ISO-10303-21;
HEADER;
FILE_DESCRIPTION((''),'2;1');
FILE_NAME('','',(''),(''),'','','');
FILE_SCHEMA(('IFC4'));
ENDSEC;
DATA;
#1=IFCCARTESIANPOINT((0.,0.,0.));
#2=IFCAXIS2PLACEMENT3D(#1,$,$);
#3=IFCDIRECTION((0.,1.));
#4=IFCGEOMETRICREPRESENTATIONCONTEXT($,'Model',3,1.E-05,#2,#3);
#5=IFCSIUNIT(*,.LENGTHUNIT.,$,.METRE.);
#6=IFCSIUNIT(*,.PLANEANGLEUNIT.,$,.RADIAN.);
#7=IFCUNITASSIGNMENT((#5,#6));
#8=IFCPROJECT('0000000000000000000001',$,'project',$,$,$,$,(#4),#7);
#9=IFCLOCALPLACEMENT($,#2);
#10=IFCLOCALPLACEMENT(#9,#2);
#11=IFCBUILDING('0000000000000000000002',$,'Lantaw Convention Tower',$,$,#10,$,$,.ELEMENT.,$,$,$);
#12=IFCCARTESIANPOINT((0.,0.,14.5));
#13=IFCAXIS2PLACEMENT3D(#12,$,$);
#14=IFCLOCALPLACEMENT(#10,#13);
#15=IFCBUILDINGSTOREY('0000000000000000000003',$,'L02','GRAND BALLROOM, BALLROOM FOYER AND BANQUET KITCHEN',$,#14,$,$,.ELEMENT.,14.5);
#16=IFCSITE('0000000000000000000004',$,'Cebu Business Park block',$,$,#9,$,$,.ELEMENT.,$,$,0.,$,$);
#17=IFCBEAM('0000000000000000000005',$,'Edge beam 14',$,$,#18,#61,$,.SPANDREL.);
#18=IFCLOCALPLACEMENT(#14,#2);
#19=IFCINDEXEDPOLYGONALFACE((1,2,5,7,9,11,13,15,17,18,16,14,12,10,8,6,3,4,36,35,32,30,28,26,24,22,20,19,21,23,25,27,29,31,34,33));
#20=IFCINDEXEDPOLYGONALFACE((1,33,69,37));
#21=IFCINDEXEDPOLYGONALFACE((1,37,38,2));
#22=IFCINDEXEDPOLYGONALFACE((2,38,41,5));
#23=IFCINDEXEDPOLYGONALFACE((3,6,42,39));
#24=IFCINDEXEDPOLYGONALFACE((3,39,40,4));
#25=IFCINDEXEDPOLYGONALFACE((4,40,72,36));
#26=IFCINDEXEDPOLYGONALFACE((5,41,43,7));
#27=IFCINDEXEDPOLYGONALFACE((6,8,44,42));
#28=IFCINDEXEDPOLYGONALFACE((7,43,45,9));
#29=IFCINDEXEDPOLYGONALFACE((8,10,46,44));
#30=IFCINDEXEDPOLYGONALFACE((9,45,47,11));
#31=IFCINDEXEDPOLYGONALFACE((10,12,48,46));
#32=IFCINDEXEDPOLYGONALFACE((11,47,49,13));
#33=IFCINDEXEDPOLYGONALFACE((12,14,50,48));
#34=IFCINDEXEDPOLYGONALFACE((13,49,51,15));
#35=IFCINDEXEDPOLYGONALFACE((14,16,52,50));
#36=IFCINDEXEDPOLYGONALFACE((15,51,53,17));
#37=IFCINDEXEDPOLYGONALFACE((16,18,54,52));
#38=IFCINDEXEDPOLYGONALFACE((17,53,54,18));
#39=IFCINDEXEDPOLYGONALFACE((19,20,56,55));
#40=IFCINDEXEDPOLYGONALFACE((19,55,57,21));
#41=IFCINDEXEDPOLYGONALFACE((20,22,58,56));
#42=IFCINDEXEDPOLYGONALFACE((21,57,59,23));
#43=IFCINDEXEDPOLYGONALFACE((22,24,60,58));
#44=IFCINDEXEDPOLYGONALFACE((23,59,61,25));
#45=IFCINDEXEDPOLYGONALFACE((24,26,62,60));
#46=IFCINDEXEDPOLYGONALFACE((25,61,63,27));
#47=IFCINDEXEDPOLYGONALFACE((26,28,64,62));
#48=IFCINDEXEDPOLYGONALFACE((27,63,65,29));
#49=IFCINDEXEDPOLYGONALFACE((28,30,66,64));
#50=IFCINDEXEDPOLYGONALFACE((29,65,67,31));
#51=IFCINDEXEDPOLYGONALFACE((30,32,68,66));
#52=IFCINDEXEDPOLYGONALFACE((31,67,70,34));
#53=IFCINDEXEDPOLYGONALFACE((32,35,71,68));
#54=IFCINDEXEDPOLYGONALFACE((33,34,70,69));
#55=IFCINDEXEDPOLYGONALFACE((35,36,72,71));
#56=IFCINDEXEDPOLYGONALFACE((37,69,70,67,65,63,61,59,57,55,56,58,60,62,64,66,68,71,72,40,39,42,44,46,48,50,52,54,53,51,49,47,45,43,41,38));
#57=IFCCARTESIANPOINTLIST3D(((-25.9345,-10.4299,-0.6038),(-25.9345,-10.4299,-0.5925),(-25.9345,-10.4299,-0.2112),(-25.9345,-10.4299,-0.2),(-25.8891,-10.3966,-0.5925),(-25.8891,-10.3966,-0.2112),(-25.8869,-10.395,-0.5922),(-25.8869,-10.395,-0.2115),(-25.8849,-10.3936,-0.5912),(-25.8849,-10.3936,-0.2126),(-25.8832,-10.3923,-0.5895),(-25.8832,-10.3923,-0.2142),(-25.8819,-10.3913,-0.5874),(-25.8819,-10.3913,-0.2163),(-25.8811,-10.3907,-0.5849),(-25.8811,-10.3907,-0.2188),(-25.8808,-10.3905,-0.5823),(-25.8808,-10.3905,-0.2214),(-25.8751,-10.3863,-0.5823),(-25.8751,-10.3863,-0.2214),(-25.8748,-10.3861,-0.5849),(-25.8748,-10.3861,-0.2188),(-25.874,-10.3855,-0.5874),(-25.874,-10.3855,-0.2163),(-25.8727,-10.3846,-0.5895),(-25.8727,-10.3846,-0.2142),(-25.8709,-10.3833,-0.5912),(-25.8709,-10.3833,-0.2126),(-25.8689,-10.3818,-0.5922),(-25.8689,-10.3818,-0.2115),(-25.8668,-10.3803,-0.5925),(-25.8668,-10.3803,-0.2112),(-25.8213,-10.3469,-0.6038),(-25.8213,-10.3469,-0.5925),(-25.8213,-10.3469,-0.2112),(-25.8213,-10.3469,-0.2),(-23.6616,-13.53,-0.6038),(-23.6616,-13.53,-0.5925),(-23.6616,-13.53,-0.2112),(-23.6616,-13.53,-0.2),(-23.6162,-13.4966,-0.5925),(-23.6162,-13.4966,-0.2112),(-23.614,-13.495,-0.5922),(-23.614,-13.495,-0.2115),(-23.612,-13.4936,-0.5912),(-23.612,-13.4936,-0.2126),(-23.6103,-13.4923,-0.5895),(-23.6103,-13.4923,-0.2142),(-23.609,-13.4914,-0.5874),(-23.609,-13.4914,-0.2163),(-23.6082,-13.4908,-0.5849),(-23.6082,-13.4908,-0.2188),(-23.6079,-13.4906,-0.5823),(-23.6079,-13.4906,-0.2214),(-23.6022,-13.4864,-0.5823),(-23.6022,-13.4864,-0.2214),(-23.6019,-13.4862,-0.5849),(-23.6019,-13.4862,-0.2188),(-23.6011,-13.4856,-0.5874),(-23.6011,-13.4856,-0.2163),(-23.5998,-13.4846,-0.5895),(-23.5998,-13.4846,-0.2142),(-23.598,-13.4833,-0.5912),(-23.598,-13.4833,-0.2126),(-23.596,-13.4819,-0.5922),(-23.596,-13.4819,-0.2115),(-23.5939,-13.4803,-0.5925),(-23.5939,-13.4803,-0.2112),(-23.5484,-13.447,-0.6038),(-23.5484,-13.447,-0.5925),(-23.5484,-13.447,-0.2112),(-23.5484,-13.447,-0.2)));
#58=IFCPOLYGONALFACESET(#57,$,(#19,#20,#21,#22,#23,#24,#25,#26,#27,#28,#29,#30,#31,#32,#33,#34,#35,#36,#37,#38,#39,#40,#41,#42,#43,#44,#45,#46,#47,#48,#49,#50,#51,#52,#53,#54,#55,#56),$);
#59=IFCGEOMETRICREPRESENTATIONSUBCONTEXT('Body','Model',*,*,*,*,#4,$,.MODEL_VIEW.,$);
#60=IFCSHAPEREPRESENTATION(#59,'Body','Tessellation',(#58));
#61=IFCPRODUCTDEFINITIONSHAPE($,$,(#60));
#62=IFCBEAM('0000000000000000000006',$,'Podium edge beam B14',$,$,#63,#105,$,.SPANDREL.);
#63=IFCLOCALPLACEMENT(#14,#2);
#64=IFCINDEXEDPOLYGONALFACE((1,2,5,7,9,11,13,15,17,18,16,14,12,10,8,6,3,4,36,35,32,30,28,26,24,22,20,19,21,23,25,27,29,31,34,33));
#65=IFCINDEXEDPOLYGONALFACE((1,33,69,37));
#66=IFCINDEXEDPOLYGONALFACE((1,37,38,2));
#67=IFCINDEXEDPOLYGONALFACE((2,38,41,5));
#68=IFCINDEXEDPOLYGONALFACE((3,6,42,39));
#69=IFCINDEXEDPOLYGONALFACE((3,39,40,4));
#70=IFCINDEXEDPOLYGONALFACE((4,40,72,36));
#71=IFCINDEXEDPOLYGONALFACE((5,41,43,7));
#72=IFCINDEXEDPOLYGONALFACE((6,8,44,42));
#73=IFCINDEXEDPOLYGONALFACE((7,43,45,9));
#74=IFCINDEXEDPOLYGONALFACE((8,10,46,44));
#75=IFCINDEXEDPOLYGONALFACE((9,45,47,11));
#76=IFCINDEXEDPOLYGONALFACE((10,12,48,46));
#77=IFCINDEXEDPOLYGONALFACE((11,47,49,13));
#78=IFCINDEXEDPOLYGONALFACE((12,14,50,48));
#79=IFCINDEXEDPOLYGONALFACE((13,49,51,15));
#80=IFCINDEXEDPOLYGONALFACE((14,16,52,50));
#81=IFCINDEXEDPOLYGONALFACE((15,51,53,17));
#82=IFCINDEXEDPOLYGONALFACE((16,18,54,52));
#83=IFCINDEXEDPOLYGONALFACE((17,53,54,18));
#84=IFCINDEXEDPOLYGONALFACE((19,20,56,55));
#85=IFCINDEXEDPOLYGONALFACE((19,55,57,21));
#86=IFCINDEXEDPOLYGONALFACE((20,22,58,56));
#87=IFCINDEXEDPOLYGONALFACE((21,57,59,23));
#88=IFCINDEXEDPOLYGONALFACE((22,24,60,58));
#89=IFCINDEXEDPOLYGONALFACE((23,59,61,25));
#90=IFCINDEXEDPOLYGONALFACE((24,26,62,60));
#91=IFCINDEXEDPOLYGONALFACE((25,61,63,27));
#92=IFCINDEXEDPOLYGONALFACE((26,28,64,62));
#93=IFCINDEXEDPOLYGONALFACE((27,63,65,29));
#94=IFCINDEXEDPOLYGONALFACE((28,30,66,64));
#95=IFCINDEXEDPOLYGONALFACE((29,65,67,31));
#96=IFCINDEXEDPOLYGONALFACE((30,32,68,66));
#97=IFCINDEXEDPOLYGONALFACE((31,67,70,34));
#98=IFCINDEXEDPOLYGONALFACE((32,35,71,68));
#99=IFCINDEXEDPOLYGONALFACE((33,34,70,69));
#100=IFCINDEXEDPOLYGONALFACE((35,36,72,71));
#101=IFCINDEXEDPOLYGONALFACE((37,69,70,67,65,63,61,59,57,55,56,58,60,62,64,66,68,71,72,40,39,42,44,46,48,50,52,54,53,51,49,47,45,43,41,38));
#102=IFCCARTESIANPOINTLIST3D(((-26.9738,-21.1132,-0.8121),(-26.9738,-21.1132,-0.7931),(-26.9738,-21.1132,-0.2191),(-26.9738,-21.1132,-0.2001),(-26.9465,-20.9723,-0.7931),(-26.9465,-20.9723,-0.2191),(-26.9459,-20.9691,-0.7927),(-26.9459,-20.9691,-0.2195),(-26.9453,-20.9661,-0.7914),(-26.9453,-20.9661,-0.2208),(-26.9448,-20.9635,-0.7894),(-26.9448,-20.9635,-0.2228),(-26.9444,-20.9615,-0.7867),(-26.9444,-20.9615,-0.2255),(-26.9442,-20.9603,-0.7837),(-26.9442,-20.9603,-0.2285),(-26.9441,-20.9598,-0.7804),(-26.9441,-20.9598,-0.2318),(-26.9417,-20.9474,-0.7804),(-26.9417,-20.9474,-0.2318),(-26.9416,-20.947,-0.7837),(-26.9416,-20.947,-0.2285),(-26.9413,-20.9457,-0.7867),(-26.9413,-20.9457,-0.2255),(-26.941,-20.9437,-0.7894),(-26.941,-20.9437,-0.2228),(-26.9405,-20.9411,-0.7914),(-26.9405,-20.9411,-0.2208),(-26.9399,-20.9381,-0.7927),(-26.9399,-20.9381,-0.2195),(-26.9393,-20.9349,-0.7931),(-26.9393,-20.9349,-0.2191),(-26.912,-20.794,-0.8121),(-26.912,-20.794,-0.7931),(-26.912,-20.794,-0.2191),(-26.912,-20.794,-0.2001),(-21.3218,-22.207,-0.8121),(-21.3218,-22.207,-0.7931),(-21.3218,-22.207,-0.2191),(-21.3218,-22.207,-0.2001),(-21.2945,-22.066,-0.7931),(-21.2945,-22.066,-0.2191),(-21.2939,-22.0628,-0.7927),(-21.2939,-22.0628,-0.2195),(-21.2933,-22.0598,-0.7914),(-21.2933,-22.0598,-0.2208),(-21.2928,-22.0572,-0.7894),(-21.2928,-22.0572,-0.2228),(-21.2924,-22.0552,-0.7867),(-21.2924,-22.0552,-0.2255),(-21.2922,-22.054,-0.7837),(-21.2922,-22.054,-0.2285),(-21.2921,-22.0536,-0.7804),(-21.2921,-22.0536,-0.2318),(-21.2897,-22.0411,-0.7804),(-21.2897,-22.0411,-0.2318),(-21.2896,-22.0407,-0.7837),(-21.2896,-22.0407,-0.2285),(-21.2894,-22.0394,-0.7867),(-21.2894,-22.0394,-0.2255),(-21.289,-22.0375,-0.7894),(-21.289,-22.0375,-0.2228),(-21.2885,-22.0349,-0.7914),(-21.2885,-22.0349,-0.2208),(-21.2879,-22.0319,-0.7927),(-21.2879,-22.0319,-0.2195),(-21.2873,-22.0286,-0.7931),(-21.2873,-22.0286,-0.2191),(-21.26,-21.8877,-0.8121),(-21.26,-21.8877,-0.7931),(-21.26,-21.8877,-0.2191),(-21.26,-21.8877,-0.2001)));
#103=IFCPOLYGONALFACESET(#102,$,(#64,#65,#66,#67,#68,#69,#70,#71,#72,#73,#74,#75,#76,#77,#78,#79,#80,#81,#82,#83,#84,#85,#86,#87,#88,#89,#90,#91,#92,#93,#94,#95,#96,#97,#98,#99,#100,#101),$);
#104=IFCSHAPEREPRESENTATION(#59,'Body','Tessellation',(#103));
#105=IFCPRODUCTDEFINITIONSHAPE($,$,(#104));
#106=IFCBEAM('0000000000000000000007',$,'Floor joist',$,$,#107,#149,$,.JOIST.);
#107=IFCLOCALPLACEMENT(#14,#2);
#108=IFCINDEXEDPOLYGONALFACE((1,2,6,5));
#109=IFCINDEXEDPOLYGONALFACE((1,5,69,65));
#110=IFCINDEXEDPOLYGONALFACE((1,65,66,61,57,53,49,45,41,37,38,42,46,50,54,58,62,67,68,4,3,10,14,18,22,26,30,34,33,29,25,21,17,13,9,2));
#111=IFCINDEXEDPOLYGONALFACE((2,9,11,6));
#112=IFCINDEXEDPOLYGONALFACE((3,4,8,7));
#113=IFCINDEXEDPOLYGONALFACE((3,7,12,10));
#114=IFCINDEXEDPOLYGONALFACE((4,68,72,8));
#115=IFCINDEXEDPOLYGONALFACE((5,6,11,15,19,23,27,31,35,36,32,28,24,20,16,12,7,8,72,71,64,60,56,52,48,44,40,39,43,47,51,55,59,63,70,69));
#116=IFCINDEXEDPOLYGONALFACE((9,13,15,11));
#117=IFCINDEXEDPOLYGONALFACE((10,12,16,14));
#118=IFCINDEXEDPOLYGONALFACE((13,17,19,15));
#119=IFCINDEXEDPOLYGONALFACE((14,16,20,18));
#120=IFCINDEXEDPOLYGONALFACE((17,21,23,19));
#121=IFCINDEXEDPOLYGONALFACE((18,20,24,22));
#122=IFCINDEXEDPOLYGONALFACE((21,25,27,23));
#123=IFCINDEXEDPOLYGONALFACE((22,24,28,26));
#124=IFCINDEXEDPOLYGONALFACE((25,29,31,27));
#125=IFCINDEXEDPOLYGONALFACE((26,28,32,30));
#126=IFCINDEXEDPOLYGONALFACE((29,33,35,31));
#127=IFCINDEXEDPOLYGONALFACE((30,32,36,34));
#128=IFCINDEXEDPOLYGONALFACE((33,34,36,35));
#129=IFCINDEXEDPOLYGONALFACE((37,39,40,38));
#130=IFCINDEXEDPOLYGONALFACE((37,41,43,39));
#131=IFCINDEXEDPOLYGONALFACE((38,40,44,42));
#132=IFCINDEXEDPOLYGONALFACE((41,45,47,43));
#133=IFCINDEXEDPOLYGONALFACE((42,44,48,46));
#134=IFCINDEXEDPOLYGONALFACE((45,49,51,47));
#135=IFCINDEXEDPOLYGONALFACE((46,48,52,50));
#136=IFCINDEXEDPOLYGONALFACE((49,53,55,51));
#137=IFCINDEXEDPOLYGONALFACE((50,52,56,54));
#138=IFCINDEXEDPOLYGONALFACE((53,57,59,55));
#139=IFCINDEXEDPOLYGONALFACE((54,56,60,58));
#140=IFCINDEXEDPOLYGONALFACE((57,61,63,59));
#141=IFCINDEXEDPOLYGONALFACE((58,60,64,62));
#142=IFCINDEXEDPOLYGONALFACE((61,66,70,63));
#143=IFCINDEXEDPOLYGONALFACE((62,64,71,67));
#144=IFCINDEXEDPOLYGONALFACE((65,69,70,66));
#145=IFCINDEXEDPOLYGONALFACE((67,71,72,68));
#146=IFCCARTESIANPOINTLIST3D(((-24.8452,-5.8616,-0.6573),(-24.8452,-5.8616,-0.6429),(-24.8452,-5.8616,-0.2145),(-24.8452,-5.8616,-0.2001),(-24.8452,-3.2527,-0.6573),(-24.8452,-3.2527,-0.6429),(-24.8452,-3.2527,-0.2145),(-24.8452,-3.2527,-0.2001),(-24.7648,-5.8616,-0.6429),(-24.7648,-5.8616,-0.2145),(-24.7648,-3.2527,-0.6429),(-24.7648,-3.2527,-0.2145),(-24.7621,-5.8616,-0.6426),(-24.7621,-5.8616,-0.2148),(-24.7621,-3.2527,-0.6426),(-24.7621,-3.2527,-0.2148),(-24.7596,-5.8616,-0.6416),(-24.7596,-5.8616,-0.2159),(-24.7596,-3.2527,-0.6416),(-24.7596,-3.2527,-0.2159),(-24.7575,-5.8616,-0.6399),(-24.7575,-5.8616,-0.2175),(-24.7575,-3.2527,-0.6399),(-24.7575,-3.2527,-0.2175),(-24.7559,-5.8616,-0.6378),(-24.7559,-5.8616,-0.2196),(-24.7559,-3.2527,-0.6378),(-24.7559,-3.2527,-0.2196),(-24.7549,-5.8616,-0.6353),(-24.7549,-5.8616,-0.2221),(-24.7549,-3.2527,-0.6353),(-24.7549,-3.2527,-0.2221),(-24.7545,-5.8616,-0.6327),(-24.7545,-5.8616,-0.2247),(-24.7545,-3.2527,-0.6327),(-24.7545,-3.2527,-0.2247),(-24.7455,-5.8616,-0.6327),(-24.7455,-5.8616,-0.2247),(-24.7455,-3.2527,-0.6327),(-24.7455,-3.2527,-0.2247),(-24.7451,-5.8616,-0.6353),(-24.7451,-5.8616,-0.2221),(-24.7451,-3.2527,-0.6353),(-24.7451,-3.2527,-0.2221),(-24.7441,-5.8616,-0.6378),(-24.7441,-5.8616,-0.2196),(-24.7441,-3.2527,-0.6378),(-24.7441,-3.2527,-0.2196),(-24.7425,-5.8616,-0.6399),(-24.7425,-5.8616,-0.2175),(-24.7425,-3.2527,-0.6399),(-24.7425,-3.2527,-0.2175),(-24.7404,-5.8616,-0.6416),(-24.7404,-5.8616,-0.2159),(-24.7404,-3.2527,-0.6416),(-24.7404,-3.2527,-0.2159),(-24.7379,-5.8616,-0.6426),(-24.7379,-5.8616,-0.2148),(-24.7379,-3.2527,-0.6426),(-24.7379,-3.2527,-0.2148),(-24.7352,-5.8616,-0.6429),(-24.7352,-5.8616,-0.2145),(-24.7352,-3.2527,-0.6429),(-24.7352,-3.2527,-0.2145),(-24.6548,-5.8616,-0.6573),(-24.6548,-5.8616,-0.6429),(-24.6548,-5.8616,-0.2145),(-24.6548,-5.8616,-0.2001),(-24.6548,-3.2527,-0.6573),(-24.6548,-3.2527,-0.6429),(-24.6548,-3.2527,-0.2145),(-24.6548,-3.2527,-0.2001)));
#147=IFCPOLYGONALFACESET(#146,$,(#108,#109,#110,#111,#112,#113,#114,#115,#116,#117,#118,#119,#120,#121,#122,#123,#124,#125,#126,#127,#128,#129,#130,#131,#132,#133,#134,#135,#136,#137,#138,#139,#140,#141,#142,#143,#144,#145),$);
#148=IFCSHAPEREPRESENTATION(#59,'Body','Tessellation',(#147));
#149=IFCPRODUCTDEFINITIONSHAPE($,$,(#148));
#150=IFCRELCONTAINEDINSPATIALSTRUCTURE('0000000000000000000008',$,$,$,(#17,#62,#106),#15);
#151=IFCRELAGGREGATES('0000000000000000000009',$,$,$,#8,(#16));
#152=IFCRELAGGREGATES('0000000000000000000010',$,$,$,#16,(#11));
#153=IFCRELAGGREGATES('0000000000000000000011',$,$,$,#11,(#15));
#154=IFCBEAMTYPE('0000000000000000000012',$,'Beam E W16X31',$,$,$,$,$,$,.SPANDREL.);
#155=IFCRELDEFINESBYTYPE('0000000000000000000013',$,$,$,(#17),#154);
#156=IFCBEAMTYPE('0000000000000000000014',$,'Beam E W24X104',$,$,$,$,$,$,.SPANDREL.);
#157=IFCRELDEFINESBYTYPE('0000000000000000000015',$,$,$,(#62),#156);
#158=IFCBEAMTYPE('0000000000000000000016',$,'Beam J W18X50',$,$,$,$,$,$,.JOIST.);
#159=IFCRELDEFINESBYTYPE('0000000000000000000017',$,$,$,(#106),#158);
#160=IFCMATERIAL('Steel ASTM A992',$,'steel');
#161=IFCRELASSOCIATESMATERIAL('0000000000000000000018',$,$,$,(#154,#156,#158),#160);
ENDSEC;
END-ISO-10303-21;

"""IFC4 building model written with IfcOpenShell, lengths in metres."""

from ifc_helpers import new_model, si_unit, direction, frame, origin, origin_2d, place, context, subcontext, project, spatial, i_section, extrude, material, material_profile, profile_set, type_object, element, save


model = new_model("IFC4")

# Units and contexts
model_context = context("Model", 3, precision=1e-05, world=origin(), true_north=direction((0.0, 1.0)))
body_context = subcontext(model_context, "Body", "Model", "MODEL_VIEW")
ifc_project = project(units=[si_unit("LENGTHUNIT", "METRE"), si_unit("PLANEANGLEUNIT", "RADIAN")], contexts=[model_context])

# Site, building, storey
site_placement = place(None, origin())
site = spatial("IfcSite", under=ifc_project, at=site_placement, Name="Cebu Business Park block", CompositionType="ELEMENT", RefElevation=0.0)
building_placement = place(site_placement, origin())
building = spatial("IfcBuilding", under=site, at=building_placement, Name="Lantaw Convention Tower", CompositionType="ELEMENT")
storey_placement = place(building_placement, frame((0.0, 0.0, 14.5)))
storey = spatial("IfcBuildingStorey", under=building, at=storey_placement, Name="L02", Description="GRAND BALLROOM, BALLROOM FOYER AND BANQUET KITCHEN", CompositionType="ELEMENT", Elevation=14.5)

# Beams
ifc_material_1 = material(Name="Steel ASTM A992", Category="steel")
ifc_material_profile_1 = material_profile(ifc_material_1, i_section(OverallWidth=0.1404, OverallDepth=0.4038, WebThickness=0.0071, FlangeThickness=0.0112, FilletRadius=0.0103, at=origin_2d()), Name="W16X31")
ifc_profile_set_1 = profile_set([ifc_material_profile_1], Name="Steel ASTM A992")
beam_type_1 = type_object("IfcBeamType", Name="Beam E W16X31", PredefinedType="SPANDREL", material=ifc_profile_set_1)
beam_1_placement = place(storey_placement, frame((-25.8779, -10.3884, -0.4019), z_axis=(0.591287, -0.806462, 0.0), x_axis=(0.806462, 0.591287, 0.0)))
element("IfcBeam", 1, at=beam_1_placement, inside=storey, type_object=beam_type_1, Name="Edge beam 14", PredefinedType="SPANDREL", context=body_context, shape_type="SweptSolid", body=[
    extrude(i_section(OverallWidth=0.1404, OverallDepth=0.4038, WebThickness=0.0071, FlangeThickness=0.0112, FilletRadius=0.0103, at=origin_2d()), origin(), (0.0, 0.0, 1.0), 3.844),
])
ifc_material_profile_2 = material_profile(ifc_material_1, i_section(OverallWidth=0.3252, OverallDepth=0.6121, WebThickness=0.0127, FlangeThickness=0.019, FilletRadius=0.0127, at=origin_2d()), Name="W24X104")
ifc_profile_set_2 = profile_set([ifc_material_profile_2], Name="Steel ASTM A992")
beam_type_2 = type_object("IfcBeamType", Name="Beam E W24X104", PredefinedType="SPANDREL", material=ifc_profile_set_2)
beam_2_placement = place(storey_placement, frame((-26.9429, -20.9536, -0.5061), z_axis=(0.981786, -0.189988, 0.0), x_axis=(0.189988, 0.981786, 0.0)))
element("IfcBeam", 2, at=beam_2_placement, inside=storey, type_object=beam_type_2, Name="Podium edge beam B14", PredefinedType="SPANDREL", context=body_context, shape_type="SweptSolid", body=[
    extrude(i_section(OverallWidth=0.3252, OverallDepth=0.6121, WebThickness=0.0127, FlangeThickness=0.019, FilletRadius=0.0127, at=origin_2d()), origin(), (0.0, 0.0, 1.0), 5.7568),
])
ifc_material_profile_3 = material_profile(ifc_material_1, i_section(OverallWidth=0.1904, OverallDepth=0.4573, WebThickness=0.009, FlangeThickness=0.0144, FilletRadius=0.0103, at=origin_2d()), Name="W18X50")
ifc_profile_set_3 = profile_set([ifc_material_profile_3], Name="Steel ASTM A992")
beam_type_3 = type_object("IfcBeamType", Name="Beam J W18X50", PredefinedType="JOIST", material=ifc_profile_set_3)
beam_3_placement = place(storey_placement, frame((-24.75, -5.8616, -0.4287), z_axis=(0.0, 1.0, 0.0), x_axis=(-1.0, 0.0, 0.0)))
element("IfcBeam", 3, at=beam_3_placement, inside=storey, type_object=beam_type_3, Name="Floor joist", PredefinedType="JOIST", context=body_context, shape_type="SweptSolid", body=[
    extrude(i_section(OverallWidth=0.1904, OverallDepth=0.4573, WebThickness=0.009, FlangeThickness=0.0144, FilletRadius=0.0103, at=origin_2d()), origin(), (0.0, 0.0, 1.0), 2.6089),
])

save(model, "model.ifc")
